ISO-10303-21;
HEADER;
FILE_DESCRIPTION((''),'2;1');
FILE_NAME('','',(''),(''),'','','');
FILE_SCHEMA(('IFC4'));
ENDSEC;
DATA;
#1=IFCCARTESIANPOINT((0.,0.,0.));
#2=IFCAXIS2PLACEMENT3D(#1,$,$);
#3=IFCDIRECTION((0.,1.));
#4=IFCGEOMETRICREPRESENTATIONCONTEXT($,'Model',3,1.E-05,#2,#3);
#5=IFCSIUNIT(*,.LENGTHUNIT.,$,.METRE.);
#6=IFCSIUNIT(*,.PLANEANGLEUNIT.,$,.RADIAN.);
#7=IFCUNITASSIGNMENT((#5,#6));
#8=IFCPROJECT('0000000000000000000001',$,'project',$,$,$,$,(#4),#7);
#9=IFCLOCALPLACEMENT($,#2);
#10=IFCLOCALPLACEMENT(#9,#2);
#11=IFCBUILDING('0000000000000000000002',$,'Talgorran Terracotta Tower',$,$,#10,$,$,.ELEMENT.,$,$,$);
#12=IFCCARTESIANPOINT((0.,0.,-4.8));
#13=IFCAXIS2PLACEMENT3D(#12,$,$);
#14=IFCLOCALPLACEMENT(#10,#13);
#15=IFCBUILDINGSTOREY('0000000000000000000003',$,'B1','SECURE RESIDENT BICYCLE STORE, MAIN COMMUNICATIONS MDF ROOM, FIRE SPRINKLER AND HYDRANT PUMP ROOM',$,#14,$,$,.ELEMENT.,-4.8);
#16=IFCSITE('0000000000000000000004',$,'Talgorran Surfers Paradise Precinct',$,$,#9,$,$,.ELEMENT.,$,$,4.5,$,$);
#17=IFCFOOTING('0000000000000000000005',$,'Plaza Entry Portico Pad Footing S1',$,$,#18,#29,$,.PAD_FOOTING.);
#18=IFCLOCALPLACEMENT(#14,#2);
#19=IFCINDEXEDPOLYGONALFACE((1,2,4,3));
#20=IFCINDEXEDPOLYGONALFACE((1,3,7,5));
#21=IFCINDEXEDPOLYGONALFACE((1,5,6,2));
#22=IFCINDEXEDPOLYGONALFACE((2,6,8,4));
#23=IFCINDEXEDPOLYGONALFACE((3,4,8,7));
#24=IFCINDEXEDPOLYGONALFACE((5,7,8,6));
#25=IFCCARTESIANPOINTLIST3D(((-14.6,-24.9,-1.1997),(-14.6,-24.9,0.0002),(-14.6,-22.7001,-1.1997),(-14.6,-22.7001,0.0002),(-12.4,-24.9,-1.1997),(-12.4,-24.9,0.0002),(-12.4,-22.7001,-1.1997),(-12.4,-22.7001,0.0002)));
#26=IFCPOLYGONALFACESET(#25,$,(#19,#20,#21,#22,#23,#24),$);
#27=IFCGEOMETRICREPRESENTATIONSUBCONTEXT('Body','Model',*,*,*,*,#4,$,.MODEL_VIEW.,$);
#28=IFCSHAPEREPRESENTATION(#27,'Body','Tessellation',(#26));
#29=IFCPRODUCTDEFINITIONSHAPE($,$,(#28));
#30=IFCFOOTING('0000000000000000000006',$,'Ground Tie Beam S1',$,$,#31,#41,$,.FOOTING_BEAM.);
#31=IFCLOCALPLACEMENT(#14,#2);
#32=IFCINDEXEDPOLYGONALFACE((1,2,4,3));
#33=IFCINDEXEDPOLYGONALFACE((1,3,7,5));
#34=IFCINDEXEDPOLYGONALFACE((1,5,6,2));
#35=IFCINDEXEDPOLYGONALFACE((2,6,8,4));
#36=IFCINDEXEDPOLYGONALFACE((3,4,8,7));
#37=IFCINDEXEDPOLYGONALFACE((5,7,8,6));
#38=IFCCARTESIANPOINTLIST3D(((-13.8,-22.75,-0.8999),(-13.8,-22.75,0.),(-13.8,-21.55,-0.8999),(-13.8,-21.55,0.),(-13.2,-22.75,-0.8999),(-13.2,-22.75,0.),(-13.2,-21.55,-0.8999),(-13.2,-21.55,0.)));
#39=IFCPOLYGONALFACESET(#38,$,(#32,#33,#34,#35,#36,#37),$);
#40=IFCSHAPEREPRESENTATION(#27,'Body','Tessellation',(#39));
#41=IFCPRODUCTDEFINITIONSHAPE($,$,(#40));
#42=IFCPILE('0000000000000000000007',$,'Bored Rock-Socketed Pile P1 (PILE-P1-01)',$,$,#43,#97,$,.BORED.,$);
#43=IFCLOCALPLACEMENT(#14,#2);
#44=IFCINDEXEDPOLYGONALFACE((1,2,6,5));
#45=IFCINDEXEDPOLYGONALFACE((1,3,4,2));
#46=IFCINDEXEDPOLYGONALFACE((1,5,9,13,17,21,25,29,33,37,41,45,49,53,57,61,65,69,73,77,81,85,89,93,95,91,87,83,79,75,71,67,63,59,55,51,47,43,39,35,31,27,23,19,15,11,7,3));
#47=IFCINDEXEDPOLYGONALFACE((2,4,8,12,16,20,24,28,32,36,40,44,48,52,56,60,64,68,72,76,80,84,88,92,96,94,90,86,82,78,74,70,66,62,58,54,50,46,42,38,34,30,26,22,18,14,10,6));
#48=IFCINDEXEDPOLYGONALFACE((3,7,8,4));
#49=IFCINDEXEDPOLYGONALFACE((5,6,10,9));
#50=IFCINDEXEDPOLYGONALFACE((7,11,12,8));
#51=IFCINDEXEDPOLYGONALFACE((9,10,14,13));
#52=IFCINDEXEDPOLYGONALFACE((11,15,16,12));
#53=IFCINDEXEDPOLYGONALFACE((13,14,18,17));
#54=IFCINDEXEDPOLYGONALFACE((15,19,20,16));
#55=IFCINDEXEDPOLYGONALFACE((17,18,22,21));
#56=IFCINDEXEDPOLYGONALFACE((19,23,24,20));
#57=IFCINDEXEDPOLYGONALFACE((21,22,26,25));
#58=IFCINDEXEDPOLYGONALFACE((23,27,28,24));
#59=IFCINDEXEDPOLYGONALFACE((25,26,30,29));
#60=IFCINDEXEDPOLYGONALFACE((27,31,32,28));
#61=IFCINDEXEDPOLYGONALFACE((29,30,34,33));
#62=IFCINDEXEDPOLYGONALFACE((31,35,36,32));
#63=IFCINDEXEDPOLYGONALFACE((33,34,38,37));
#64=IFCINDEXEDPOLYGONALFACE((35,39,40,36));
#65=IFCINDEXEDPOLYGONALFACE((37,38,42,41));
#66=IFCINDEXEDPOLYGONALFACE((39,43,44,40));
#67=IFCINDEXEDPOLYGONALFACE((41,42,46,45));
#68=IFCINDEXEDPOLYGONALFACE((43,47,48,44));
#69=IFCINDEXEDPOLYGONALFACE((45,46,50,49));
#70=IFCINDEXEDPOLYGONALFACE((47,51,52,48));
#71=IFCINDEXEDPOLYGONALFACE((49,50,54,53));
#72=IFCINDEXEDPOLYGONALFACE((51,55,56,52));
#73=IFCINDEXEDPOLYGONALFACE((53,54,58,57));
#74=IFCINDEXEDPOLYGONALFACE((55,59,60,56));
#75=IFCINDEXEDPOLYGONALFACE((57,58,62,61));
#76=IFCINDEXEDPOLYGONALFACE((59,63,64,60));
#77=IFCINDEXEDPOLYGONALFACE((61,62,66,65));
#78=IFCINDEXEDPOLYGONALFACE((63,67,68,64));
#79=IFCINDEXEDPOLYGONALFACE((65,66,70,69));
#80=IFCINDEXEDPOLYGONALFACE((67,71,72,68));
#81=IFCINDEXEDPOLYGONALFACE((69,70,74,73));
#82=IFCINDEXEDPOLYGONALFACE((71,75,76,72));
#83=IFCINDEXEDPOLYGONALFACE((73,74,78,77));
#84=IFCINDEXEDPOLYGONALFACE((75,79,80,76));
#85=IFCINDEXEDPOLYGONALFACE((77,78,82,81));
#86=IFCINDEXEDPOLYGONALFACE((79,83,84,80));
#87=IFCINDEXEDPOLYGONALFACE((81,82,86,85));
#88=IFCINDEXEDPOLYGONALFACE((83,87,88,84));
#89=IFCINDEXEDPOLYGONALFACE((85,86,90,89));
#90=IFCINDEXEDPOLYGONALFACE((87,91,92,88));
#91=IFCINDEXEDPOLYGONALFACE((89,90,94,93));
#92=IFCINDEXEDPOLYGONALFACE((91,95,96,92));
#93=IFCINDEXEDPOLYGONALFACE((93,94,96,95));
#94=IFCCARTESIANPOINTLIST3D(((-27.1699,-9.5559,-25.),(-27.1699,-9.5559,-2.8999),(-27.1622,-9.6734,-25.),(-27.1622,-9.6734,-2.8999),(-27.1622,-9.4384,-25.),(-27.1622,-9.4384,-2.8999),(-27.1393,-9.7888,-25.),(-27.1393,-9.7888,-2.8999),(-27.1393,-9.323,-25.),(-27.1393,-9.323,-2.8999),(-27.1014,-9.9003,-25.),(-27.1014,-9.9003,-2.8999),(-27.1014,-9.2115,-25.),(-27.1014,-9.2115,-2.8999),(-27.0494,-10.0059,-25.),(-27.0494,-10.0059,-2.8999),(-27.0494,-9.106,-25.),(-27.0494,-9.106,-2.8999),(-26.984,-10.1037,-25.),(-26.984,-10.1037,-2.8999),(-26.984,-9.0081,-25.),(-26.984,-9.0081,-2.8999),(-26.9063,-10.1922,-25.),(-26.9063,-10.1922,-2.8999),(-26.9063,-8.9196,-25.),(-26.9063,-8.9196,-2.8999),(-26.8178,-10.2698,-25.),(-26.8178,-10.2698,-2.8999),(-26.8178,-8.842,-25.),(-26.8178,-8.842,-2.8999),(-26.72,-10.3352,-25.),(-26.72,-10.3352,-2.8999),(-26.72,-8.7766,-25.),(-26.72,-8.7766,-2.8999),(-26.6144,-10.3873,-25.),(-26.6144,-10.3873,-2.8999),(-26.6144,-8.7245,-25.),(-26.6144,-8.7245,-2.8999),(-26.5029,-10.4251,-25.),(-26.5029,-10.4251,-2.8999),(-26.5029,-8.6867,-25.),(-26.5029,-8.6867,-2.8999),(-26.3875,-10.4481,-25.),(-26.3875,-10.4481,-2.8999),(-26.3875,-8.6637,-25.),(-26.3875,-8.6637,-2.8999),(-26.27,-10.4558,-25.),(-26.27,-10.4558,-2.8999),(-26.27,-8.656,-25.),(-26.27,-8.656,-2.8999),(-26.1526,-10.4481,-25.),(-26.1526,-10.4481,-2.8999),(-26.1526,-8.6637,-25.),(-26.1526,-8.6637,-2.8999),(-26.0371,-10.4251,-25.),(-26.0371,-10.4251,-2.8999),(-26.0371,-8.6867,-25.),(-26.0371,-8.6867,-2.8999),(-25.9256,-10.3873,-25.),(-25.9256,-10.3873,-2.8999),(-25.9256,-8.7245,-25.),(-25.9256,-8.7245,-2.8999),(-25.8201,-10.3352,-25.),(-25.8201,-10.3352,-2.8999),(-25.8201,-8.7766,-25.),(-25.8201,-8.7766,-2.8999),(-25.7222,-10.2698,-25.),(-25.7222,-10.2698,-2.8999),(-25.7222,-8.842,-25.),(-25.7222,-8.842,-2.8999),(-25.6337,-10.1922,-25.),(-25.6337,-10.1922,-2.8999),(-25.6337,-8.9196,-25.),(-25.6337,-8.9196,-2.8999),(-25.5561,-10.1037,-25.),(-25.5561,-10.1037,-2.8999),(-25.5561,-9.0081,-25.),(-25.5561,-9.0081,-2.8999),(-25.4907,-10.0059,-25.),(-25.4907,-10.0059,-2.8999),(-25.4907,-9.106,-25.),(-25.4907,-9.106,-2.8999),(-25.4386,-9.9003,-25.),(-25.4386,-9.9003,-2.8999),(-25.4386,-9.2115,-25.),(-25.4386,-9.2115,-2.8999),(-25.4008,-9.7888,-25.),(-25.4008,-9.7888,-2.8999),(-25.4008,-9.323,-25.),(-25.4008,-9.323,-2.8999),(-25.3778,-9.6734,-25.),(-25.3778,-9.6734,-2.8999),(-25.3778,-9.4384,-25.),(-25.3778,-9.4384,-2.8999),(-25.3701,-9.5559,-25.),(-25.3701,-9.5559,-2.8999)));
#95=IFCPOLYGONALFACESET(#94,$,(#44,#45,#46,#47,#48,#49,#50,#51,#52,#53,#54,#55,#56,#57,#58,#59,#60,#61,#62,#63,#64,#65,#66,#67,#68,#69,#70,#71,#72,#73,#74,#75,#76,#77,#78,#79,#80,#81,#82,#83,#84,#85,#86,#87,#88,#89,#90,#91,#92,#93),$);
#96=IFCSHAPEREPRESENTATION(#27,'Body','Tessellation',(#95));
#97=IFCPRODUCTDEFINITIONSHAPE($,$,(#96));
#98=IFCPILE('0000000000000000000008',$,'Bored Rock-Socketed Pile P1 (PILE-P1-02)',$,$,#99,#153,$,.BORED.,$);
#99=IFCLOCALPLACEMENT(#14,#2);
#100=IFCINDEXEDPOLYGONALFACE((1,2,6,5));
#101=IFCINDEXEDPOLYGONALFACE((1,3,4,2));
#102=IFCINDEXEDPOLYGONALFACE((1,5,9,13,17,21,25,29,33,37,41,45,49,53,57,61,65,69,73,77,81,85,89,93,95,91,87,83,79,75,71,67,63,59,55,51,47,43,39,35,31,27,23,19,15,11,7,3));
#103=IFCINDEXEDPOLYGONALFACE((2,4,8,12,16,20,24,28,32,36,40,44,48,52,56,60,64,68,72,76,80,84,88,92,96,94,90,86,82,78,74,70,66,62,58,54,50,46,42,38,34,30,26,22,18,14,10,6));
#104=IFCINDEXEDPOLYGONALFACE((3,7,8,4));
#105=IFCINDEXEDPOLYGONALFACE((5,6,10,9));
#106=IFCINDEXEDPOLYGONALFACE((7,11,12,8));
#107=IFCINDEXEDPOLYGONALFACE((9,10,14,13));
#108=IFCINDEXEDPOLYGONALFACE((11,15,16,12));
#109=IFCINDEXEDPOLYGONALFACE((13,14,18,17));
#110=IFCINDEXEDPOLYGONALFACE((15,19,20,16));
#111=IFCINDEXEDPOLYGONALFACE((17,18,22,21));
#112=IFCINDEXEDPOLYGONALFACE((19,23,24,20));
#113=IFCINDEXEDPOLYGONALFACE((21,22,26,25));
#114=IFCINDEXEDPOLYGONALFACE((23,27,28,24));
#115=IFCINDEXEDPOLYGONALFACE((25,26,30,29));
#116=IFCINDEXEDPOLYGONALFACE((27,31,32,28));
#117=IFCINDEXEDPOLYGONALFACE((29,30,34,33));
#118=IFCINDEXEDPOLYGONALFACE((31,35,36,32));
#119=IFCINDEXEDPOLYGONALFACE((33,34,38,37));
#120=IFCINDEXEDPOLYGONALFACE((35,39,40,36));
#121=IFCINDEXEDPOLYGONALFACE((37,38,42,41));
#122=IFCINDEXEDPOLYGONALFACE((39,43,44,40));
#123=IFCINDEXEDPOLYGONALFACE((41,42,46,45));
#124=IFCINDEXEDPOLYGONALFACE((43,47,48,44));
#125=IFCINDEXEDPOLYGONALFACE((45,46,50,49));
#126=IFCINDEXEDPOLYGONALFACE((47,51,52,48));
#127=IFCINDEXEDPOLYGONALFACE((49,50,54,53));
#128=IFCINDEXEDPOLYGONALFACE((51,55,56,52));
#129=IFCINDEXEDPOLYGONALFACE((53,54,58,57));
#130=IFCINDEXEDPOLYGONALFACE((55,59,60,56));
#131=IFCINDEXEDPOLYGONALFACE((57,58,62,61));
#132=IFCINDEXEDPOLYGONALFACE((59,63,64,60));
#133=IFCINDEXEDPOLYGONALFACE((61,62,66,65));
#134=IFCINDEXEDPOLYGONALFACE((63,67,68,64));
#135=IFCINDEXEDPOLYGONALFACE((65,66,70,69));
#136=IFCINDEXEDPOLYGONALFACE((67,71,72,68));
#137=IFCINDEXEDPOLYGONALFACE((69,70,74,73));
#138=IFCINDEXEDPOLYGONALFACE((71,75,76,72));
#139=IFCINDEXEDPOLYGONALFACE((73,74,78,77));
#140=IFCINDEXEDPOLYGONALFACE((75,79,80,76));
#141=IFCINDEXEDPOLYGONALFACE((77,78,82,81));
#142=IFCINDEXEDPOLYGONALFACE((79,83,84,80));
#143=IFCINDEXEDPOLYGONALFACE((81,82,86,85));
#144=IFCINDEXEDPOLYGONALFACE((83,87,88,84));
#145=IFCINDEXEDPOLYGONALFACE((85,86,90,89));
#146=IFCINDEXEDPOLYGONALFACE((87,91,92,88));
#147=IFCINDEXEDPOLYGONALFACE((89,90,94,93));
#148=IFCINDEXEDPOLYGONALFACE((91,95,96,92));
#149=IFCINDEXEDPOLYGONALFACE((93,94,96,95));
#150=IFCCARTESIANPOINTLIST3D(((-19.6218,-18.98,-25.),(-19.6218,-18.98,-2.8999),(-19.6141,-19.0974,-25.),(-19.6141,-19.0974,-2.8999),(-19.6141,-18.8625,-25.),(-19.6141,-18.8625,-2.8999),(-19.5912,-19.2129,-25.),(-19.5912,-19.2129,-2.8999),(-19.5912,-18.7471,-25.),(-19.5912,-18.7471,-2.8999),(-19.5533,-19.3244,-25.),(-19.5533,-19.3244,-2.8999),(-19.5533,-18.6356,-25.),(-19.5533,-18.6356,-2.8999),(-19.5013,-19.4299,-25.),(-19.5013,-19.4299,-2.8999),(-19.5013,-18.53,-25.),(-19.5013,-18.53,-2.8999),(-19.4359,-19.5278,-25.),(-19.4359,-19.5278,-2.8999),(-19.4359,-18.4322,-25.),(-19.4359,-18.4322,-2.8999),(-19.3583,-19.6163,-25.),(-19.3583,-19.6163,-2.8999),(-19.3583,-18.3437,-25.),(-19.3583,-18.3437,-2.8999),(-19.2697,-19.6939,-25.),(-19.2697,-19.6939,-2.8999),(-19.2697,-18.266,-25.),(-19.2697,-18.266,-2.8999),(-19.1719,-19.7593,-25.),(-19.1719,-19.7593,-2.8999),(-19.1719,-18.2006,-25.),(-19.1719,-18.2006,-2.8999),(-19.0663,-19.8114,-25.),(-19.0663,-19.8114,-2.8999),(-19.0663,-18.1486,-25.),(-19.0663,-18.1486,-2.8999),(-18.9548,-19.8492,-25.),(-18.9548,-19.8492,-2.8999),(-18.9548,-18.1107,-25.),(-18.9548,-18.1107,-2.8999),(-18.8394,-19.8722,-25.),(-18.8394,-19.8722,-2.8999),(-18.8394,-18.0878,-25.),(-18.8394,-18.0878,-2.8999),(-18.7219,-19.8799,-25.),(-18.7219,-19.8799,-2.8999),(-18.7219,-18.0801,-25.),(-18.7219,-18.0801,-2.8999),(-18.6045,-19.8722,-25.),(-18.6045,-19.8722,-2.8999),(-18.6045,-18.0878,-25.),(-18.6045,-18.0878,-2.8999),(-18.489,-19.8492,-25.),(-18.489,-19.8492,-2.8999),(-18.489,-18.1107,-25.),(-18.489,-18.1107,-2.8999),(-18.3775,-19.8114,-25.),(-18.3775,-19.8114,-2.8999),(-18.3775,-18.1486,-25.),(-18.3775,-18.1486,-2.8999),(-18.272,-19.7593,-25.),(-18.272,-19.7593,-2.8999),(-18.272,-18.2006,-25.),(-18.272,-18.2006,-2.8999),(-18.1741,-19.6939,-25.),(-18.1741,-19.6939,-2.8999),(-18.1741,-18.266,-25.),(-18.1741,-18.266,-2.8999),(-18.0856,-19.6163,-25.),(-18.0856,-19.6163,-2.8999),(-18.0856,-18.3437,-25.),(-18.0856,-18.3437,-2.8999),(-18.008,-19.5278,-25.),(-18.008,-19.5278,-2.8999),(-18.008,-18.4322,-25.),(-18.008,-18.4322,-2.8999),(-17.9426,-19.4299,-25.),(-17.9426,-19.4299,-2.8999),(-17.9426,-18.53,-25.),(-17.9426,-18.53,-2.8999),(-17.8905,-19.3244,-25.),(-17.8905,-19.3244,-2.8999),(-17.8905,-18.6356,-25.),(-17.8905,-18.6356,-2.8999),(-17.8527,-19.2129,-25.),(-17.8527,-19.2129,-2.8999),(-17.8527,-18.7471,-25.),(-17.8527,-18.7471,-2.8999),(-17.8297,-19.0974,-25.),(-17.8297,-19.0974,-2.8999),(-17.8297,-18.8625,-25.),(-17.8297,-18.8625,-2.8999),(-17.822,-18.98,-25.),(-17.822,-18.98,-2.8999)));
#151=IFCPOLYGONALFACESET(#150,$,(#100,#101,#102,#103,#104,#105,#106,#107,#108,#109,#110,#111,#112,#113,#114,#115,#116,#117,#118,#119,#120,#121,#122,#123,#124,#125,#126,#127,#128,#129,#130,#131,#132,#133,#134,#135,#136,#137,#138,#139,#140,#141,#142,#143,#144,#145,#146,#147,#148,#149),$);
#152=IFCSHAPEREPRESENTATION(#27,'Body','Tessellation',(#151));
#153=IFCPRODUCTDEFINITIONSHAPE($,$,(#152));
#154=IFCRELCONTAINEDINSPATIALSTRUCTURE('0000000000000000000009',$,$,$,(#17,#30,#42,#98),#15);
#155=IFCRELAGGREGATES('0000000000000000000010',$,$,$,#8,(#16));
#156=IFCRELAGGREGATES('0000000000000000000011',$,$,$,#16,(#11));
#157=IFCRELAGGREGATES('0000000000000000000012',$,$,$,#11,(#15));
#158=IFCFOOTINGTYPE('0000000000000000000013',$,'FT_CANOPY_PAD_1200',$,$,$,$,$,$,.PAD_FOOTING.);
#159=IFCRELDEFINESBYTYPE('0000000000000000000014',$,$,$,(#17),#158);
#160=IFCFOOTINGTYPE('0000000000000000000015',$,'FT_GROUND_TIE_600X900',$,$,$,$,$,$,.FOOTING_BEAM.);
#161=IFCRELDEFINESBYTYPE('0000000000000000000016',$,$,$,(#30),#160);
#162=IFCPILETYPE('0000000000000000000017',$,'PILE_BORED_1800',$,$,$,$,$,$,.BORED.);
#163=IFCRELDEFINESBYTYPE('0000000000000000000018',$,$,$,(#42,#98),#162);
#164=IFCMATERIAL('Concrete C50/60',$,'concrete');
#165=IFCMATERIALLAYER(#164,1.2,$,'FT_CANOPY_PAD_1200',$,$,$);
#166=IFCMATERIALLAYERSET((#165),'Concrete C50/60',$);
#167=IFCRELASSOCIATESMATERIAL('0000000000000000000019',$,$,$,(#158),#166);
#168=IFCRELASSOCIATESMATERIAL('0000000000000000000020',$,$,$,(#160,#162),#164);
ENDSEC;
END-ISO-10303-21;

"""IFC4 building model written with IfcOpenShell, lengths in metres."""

from ifc_helpers import new_model, si_unit, direction, frame, origin, origin_2d, place, context, subcontext, project, spatial, rectangle, circle, extrude, material, layer, layer_set, material_profile, profile_set, type_object, element, save


model = new_model("IFC4")

# Units and contexts
model_context = context("Model", 3, precision=1e-05, world=origin(), true_north=direction((0.0, 1.0)))
body_context = subcontext(model_context, "Body", "Model", "MODEL_VIEW")
ifc_project = project(units=[si_unit("LENGTHUNIT", "METRE"), si_unit("PLANEANGLEUNIT", "RADIAN")], contexts=[model_context])

# Site, building, storey
site_placement = place(None, origin())
site = spatial("IfcSite", under=ifc_project, at=site_placement, Name="Talgorran Surfers Paradise Precinct", CompositionType="ELEMENT", RefElevation=4.5)
building_placement = place(site_placement, origin())
building = spatial("IfcBuilding", under=site, at=building_placement, Name="Talgorran Terracotta Tower", CompositionType="ELEMENT")
storey_placement = place(building_placement, frame((0.0, 0.0, -4.8)))
storey = spatial("IfcBuildingStorey", under=building, at=storey_placement, Name="B1", Description="SECURE RESIDENT BICYCLE STORE, MAIN COMMUNICATIONS MDF ROOM, FIRE SPRINKLER AND HYDRANT PUMP ROOM", CompositionType="ELEMENT", Elevation=-4.8)

# Footings
ifc_material_1 = material(Name="Concrete C50/60", Category="concrete")
ifc_layer_1 = layer(ifc_material_1, 1.2, Name="FT_CANOPY_PAD_1200")
ifc_layer_set_1 = layer_set([ifc_layer_1], Name="Concrete C50/60")
footing_type_1 = type_object("IfcFootingType", Name="FT_CANOPY_PAD_1200", PredefinedType="PAD_FOOTING", material=ifc_layer_set_1)
footing_1_placement = place(storey_placement, frame((-13.5, -23.8, -1.1997), z_axis=(0.0, 0.0, 1.0), x_axis=(1.0, 0.0, 0.0)))
element("IfcFooting", 1, at=footing_1_placement, inside=storey, type_object=footing_type_1, Name="Plaza Entry Portico Pad Footing S1", PredefinedType="PAD_FOOTING", context=body_context, shape_type="SweptSolid", body=[
    extrude(rectangle(XDim=2.2, YDim=2.2, at=origin_2d()), origin(), (0.0, 0.0, 1.0), 1.2),
])
ifc_material_profile_1 = material_profile(ifc_material_1, rectangle(XDim=0.6001, YDim=0.8999, at=origin_2d()), Name="GB600X900")
ifc_profile_set_1 = profile_set([ifc_material_profile_1], Name="Concrete C50/60")
footing_type_2 = type_object("IfcFootingType", Name="FT_GROUND_TIE_600X900", PredefinedType="FOOTING_BEAM", material=ifc_profile_set_1)
footing_2_placement = place(storey_placement, frame((-13.5, -22.75, -0.45), z_axis=(0.0, 1.0, 0.0), x_axis=(-1.0, 0.0, 0.0)))
element("IfcFooting", 2, at=footing_2_placement, inside=storey, type_object=footing_type_2, Name="Ground Tie Beam S1", PredefinedType="FOOTING_BEAM", context=body_context, shape_type="SweptSolid", body=[
    extrude(rectangle(XDim=0.6001, YDim=0.8999, at=origin_2d()), origin(), (0.0, 0.0, 1.0), 1.2),
])

# Piles
ifc_material_profile_2 = material_profile(ifc_material_1, circle(Radius=0.8999, at=origin_2d()), Name="PILE1800")
ifc_profile_set_2 = profile_set([ifc_material_profile_2], Name="Concrete C50/60")
pile_type = type_object("IfcPileType", Name="PILE_BORED_1800", PredefinedType="BORED", material=ifc_profile_set_2)
for number, where, z_axis, x_axis, name in (
    (3, (-26.27, -9.5559, -2.8999), (0.0, 0.0, -1.0), (1.0, 0.0, 0.0), "Bored Rock-Socketed Pile P1 (PILE-P1-01)"),
    (4, (-18.7219, -18.98, -2.8999), (0.0, 0.0, -1.0), (1.0, 0.0, 0.0), "Bored Rock-Socketed Pile P1 (PILE-P1-02)"),
):
    element("IfcPile", number, at=place(storey_placement, frame(where, z_axis=z_axis, x_axis=x_axis)), inside=storey, type_object=pile_type, Name=name, PredefinedType="BORED", context=body_context, shape_type="SweptSolid", body=[
        extrude(circle(Radius=0.8999, at=origin_2d()), origin(), (0.0, 0.0, 1.0), 22.1001),
    ])

save(model, "model.ifc")
